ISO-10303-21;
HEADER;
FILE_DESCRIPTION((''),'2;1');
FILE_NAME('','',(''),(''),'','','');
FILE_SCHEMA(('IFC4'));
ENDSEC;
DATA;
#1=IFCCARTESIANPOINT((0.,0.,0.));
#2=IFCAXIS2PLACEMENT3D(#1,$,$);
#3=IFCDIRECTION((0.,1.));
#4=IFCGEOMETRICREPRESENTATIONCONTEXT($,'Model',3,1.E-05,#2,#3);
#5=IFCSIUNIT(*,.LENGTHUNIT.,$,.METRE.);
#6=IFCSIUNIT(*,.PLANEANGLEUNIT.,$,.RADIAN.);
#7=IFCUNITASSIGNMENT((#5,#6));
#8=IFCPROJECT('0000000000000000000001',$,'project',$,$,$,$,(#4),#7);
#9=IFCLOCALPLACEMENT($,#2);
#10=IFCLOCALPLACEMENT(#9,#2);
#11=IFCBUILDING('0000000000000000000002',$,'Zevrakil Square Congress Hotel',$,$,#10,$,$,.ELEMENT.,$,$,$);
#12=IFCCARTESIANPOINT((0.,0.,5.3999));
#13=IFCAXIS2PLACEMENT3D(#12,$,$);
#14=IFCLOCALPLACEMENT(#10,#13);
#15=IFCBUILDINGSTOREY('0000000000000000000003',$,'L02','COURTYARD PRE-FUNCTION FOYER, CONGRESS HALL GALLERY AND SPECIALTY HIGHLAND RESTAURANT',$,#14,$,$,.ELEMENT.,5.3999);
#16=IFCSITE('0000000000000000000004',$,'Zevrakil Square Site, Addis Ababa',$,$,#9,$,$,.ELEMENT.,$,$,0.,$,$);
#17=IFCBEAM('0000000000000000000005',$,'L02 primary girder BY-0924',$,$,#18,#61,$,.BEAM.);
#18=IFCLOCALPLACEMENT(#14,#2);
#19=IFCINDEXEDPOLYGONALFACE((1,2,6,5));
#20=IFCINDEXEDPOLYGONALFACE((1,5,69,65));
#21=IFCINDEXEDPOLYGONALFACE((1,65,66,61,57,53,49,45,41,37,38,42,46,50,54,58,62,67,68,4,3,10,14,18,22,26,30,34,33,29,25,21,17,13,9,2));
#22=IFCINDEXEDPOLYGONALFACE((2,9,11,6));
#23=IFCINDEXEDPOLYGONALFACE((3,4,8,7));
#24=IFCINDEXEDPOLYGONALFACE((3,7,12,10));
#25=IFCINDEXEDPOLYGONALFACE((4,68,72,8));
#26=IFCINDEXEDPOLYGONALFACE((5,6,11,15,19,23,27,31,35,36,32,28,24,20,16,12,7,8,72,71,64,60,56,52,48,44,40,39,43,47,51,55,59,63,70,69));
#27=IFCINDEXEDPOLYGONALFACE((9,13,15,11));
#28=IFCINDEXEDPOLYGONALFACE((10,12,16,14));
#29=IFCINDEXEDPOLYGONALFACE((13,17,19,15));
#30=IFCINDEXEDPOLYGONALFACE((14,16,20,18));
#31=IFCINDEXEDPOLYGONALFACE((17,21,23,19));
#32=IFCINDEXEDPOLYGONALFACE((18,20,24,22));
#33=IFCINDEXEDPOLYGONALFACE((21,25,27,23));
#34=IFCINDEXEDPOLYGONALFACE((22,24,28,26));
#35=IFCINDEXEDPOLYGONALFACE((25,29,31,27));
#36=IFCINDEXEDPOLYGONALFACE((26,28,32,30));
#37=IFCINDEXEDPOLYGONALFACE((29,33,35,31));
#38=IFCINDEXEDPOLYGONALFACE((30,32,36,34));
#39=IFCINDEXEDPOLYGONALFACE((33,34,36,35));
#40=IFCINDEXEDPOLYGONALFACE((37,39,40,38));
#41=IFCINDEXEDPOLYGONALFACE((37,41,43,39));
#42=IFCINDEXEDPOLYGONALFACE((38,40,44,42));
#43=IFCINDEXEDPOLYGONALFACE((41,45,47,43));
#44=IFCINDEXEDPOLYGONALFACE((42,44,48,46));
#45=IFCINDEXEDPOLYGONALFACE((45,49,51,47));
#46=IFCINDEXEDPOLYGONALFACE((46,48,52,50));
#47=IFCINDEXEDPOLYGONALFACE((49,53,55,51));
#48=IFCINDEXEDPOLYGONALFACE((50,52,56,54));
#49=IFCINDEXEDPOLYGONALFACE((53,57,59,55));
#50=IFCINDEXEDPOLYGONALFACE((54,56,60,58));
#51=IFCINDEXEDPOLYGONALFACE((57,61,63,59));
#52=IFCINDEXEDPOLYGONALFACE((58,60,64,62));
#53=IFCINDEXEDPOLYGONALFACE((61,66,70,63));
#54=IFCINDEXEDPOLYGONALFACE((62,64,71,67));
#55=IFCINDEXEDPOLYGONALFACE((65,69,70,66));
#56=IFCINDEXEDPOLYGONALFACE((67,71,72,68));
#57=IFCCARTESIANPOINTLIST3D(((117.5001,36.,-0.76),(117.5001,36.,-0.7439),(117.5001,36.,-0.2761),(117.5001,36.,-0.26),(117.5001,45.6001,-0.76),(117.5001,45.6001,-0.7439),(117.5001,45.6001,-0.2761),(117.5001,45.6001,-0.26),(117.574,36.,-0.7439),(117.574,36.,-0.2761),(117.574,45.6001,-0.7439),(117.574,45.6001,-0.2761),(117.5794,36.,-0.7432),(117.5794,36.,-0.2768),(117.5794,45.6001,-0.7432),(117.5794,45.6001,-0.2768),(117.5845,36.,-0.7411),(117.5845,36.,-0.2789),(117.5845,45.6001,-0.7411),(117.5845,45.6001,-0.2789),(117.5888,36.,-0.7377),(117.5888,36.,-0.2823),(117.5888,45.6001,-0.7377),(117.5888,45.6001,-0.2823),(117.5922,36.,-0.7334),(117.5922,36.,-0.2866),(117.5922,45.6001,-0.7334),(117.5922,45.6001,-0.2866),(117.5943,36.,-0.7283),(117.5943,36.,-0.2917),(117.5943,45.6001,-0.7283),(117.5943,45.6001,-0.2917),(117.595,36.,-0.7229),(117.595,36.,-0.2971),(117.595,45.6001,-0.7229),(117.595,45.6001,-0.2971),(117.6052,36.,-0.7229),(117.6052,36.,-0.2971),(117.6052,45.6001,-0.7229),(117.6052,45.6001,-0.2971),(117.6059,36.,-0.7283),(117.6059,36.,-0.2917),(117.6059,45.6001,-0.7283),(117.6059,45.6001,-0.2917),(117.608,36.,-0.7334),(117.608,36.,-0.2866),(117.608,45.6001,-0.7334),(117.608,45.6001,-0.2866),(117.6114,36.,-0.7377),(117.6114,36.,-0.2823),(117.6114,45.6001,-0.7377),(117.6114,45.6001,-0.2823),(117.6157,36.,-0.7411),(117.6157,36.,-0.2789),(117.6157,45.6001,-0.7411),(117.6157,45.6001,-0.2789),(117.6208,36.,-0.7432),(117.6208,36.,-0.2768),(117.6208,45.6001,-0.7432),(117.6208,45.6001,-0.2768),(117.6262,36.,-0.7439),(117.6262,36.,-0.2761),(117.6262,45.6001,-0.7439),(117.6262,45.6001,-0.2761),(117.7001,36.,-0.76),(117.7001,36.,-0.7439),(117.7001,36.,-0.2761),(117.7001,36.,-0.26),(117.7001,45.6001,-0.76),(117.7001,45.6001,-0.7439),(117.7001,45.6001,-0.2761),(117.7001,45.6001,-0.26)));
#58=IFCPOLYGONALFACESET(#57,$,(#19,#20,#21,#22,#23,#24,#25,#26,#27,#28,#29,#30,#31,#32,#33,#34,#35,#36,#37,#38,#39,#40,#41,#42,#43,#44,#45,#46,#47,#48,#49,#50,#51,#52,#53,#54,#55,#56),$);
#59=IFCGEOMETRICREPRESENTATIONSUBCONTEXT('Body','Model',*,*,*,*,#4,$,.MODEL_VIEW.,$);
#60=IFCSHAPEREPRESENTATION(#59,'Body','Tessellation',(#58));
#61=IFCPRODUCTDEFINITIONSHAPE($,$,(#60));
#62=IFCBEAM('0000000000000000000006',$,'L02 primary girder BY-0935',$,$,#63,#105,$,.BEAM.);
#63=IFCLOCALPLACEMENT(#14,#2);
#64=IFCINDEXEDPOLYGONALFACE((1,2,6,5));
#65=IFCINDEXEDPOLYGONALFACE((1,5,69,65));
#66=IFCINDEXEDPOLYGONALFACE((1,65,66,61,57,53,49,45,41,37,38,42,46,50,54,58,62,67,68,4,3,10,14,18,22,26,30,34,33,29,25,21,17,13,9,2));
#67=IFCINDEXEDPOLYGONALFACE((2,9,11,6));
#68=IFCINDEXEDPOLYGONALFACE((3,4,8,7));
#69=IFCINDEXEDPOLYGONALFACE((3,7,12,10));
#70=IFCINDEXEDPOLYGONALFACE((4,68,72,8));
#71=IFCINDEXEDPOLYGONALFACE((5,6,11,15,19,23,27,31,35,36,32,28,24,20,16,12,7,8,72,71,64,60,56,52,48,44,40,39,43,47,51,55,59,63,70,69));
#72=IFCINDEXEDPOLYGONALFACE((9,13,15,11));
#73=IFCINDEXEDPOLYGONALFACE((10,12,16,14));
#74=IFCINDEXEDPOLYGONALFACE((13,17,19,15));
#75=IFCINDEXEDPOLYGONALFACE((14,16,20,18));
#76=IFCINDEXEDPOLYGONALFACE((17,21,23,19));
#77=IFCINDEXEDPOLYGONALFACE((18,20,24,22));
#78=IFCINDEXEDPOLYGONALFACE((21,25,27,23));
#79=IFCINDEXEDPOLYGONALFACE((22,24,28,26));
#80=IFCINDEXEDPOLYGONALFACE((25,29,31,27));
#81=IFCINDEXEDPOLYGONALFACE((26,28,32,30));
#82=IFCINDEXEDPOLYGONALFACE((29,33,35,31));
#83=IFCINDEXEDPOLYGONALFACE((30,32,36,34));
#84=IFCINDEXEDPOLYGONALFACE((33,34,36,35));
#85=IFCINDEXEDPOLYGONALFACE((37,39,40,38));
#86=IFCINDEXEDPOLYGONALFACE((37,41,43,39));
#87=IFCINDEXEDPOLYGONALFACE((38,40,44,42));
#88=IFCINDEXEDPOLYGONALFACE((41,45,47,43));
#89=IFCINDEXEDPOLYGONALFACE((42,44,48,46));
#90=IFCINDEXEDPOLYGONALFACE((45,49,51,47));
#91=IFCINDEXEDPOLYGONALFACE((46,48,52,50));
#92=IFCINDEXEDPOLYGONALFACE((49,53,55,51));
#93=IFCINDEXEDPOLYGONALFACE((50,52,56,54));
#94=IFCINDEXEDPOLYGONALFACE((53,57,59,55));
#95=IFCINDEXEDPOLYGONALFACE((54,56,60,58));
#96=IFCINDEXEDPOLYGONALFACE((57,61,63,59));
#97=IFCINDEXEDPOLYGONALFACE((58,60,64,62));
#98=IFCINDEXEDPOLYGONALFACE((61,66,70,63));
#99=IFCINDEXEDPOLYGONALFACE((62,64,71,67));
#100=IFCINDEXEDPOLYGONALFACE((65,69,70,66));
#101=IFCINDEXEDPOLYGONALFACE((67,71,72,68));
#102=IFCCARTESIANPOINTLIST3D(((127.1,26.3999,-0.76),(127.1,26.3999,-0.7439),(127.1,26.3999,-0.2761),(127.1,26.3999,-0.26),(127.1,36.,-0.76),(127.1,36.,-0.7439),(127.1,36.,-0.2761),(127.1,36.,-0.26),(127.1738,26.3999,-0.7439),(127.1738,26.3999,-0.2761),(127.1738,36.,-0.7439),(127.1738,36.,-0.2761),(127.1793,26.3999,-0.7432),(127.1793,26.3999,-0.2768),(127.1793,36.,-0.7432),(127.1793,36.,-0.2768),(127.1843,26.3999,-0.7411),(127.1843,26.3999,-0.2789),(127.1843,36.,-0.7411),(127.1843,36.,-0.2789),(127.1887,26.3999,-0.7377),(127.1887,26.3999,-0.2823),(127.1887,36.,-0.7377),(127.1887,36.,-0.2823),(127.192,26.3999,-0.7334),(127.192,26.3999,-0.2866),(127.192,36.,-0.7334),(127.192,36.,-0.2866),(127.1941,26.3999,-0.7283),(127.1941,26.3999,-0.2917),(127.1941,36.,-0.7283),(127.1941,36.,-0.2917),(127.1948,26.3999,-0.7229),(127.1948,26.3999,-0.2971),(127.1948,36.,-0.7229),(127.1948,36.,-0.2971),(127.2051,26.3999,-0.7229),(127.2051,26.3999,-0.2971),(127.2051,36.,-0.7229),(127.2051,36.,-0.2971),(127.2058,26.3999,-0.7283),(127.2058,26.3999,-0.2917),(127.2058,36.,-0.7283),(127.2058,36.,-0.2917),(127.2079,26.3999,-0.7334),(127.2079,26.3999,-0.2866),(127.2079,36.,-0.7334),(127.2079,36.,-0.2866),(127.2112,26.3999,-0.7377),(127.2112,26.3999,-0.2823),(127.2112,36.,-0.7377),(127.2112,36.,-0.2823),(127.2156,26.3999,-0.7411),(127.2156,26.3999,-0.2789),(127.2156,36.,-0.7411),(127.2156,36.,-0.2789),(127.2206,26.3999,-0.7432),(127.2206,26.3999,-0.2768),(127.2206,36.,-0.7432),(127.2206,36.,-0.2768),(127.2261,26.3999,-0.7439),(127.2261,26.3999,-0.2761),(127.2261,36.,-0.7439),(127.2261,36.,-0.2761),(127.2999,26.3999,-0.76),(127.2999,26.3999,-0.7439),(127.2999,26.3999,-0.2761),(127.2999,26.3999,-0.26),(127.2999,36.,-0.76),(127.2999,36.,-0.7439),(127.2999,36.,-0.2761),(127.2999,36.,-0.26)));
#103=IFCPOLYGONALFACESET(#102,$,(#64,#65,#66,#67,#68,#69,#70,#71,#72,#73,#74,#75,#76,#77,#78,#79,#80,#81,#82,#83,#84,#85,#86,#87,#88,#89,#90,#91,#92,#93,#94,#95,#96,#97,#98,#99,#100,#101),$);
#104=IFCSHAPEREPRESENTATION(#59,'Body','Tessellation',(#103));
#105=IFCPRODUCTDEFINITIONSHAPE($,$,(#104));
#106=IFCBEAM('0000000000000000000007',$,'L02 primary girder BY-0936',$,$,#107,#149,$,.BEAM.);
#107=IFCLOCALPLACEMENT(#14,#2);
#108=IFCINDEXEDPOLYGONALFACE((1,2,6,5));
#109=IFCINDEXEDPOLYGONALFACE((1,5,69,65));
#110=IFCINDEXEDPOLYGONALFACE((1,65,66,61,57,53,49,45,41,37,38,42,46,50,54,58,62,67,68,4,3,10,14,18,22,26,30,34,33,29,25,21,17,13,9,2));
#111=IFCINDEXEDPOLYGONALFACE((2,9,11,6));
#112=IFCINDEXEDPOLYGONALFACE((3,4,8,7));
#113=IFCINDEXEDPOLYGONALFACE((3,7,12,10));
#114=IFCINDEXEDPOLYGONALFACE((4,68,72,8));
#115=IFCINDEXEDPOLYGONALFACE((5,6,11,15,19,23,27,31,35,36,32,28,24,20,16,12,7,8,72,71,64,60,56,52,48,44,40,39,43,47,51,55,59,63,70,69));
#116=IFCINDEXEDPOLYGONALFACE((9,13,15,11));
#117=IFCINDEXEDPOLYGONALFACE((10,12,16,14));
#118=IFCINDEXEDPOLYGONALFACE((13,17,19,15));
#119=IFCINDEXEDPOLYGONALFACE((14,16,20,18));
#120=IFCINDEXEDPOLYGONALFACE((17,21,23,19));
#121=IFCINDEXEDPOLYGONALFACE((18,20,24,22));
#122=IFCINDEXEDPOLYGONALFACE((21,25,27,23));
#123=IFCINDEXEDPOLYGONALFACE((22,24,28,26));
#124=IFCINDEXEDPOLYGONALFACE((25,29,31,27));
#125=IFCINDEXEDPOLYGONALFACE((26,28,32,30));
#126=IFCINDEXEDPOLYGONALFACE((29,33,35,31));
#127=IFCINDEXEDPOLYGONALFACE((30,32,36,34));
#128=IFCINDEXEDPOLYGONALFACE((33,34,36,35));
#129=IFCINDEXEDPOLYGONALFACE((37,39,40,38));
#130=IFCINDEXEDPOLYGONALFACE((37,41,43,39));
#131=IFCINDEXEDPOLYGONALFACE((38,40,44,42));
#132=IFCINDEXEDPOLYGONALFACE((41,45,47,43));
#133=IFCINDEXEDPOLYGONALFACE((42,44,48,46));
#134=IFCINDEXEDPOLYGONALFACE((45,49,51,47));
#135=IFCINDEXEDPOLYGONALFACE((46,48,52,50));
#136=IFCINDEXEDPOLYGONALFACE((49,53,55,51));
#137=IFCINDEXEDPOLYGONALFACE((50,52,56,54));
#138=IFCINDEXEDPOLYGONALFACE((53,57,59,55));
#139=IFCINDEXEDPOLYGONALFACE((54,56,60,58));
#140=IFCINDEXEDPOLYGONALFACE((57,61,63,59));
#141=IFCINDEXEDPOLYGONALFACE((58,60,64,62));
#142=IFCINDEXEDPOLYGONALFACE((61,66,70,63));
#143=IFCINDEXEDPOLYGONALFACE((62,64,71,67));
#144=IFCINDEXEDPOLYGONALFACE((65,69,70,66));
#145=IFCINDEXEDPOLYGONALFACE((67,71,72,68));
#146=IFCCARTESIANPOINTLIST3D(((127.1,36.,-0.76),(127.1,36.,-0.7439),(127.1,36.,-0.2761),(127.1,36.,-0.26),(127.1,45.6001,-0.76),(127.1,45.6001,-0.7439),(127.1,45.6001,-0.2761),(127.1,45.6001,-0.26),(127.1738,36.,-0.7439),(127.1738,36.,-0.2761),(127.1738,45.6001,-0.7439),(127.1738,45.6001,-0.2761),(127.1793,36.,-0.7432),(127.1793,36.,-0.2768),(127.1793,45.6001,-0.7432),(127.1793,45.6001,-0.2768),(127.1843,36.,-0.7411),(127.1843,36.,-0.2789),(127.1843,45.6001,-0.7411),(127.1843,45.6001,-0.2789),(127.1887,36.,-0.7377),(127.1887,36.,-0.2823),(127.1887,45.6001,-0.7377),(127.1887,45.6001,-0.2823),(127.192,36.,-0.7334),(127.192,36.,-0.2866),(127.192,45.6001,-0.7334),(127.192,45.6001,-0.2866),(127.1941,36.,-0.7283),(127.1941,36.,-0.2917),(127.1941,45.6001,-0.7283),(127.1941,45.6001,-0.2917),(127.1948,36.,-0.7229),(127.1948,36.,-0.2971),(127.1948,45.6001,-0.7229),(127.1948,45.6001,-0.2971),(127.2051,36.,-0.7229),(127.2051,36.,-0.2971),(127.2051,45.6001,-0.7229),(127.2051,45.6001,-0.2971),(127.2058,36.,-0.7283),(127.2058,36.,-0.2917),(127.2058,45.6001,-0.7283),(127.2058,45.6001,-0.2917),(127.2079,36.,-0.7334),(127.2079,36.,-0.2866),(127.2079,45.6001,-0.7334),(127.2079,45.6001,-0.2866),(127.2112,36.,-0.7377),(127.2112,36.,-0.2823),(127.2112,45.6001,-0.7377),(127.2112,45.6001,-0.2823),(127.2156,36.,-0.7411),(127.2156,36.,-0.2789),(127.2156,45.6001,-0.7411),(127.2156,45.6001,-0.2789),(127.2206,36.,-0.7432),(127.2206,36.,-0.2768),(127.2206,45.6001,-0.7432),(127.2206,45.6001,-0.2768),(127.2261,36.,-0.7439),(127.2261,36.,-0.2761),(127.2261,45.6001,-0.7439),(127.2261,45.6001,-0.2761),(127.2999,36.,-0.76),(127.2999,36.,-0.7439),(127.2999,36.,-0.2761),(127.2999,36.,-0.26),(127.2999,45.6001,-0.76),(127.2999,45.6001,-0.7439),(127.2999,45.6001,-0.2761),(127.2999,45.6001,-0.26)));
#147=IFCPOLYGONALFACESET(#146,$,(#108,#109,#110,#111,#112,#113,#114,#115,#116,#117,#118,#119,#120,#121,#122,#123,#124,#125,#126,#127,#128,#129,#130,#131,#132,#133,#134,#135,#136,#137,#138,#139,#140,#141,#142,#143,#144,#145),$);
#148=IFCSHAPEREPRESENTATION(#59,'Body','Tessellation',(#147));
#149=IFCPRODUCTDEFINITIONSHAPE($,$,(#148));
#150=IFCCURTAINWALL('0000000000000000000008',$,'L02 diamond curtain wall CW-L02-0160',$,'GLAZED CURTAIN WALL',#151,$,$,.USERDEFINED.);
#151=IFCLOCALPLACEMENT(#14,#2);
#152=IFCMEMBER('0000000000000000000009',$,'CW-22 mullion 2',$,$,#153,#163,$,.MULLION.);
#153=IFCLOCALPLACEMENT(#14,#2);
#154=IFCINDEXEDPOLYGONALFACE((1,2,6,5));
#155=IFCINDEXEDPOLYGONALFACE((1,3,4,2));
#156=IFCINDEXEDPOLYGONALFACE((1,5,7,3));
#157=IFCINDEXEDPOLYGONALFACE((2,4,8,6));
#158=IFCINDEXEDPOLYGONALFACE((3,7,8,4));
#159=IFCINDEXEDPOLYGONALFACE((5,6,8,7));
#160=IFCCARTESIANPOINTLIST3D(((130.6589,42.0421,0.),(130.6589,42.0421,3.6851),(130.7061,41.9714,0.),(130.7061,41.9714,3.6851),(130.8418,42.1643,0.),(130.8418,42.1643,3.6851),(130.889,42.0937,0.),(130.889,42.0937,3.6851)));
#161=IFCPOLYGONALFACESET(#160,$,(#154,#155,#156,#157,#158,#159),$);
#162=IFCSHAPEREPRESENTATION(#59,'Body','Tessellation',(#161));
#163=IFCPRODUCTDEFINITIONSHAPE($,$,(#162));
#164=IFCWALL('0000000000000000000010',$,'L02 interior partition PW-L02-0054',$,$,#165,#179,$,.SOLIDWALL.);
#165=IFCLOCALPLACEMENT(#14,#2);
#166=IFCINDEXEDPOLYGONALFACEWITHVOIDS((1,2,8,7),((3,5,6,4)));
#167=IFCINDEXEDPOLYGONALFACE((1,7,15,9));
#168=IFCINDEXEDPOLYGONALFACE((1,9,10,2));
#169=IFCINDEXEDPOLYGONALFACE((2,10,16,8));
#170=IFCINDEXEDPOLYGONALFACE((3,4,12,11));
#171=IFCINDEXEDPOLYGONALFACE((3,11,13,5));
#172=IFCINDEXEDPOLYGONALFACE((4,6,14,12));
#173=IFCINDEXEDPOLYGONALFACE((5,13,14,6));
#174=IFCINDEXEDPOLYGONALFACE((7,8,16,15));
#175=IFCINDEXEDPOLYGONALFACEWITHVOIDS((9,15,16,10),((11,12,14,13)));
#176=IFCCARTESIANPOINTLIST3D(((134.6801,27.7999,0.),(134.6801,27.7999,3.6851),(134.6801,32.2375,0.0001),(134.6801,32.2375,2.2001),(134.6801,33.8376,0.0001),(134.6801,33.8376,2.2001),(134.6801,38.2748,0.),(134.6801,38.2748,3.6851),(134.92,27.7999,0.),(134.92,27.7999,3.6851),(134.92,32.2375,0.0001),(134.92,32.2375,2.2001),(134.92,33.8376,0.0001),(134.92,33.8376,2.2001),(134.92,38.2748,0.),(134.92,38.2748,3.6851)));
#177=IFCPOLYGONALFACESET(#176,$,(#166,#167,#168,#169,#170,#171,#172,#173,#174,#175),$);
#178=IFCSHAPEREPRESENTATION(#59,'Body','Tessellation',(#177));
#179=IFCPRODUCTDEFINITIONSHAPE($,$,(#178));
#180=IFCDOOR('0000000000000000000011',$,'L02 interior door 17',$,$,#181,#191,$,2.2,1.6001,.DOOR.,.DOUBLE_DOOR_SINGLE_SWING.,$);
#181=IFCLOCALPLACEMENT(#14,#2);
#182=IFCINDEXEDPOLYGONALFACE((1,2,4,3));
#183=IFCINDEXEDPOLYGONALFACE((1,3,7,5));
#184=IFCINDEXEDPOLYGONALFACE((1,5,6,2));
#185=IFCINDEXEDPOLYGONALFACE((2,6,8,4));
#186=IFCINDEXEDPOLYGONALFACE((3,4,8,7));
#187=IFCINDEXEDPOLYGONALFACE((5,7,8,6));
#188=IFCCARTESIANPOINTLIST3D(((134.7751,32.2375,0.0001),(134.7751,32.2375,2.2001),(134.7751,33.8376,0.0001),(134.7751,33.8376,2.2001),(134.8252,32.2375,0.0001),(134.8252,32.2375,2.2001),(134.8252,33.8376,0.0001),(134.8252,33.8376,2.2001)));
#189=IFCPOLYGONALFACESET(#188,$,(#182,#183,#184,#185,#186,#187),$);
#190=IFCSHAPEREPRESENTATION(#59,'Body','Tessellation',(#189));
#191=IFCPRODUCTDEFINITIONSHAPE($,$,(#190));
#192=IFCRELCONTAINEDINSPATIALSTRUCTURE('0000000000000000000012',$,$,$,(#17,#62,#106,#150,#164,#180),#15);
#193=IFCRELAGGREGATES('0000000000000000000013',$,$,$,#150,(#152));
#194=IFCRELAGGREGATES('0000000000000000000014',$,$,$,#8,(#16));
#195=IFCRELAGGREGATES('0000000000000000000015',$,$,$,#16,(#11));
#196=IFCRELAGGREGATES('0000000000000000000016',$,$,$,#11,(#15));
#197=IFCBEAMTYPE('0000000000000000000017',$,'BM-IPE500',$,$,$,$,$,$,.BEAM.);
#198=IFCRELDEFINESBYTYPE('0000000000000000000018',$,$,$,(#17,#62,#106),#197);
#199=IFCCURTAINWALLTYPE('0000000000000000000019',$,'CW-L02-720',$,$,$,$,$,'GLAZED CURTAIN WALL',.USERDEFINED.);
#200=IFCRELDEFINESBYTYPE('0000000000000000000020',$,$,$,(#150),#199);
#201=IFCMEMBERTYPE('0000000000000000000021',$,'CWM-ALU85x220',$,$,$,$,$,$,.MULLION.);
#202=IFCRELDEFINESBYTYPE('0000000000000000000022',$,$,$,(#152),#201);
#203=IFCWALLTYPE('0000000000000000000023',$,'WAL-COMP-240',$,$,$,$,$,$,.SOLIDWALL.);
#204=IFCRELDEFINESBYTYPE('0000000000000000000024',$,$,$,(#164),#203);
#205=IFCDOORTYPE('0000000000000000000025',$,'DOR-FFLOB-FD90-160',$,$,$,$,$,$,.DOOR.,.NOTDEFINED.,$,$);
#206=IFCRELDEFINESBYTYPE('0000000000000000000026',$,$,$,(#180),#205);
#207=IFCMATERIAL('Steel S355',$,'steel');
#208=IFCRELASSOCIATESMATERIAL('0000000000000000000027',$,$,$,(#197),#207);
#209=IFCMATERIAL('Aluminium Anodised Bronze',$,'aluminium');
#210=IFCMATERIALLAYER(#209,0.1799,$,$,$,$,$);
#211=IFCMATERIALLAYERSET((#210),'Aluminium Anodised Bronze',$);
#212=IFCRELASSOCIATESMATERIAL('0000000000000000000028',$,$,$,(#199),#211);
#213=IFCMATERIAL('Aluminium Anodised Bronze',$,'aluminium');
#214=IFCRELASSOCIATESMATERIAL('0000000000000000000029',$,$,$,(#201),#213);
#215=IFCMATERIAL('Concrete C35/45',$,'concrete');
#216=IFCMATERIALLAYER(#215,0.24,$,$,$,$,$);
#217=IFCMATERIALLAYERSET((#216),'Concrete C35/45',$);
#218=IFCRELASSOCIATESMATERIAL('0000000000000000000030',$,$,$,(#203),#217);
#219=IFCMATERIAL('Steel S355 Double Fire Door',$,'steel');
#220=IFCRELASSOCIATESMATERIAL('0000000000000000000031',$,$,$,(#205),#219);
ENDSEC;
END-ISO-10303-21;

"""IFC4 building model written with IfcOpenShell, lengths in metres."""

from ifc_helpers import new_model, si_unit, direction, frame, frame_2d, origin, origin_2d, place, context, subcontext, project, spatial, rectangle, i_section, extrude, material, layer, layer_set, material_profile, profile_set, type_object, element, fill, aggregate, save


model = new_model("IFC4")

# Units and contexts
model_context = context("Model", 3, precision=1e-05, world=origin(), true_north=direction((0.0, 1.0)))
body_context = subcontext(model_context, "Body", "Model", "MODEL_VIEW")
ifc_project = project(units=[si_unit("LENGTHUNIT", "METRE"), si_unit("PLANEANGLEUNIT", "RADIAN")], contexts=[model_context])

# Site, building, storey
site_placement = place(None, origin())
site = spatial("IfcSite", under=ifc_project, at=site_placement, Name="Zevrakil Square Site, Addis Ababa", CompositionType="ELEMENT", RefElevation=0.0)
building_placement = place(site_placement, origin())
building = spatial("IfcBuilding", under=site, at=building_placement, Name="Zevrakil Square Congress Hotel", CompositionType="ELEMENT")
storey_placement = place(building_placement, frame((0.0, 0.0, 5.3999)))
storey = spatial("IfcBuildingStorey", under=building, at=storey_placement, Name="L02", Description="COURTYARD PRE-FUNCTION FOYER, CONGRESS HALL GALLERY AND SPECIALTY HIGHLAND RESTAURANT", CompositionType="ELEMENT", Elevation=5.3999)

# Beams
ifc_material_1 = material(Name="Steel S355", Category="steel")
ifc_material_profile_1 = material_profile(ifc_material_1, i_section(OverallWidth=0.2, OverallDepth=0.5, WebThickness=0.0103, FlangeThickness=0.0161, FilletRadius=0.021, at=origin_2d()), Name="IPE 500")
ifc_profile_set_1 = profile_set([ifc_material_profile_1], Name="Steel S355")
beam_type_1 = type_object("IfcBeamType", Name="BM-IPE500", PredefinedType="BEAM", material=ifc_profile_set_1)
for number, where, z_axis, x_axis, name in (
    (1, (117.6001, 36.0, -0.51), (0.0, 1.0, 0.0), (-1.0, 0.0, 0.0), "L02 primary girder BY-0924"),
    (2, (127.2, 26.3999, -0.51), (0.0, 1.0, 0.0), (-1.0, 0.0, 0.0), "L02 primary girder BY-0935"),
    (3, (127.2, 36.0, -0.51), (0.0, 1.0, 0.0), (-1.0, 0.0, 0.0), "L02 primary girder BY-0936"),
):
    element("IfcBeam", number, at=place(storey_placement, frame(where, z_axis=z_axis, x_axis=x_axis)), inside=storey, type_object=beam_type_1, Name=name, PredefinedType="BEAM", context=body_context, shape_type="SweptSolid", body=[
        extrude(i_section(OverallWidth=0.2, OverallDepth=0.5, WebThickness=0.0103, FlangeThickness=0.0161, FilletRadius=0.021, at=origin_2d()), origin(), (0.0, 0.0, 1.0), 9.6001),
    ])

# Curtain wall, member
ifc_material_2 = material(Name="Aluminium Anodised Bronze", Category="aluminium")
ifc_layer_1 = layer(ifc_material_2, 0.1799)
ifc_layer_set_1 = layer_set([ifc_layer_1], Name="Aluminium Anodised Bronze")
curtain_wall_type = type_object("IfcCurtainWallType", Name="CW-L02-720", ElementType="GLAZED CURTAIN WALL", PredefinedType="USERDEFINED", material=ifc_layer_set_1)
curtain_wall_placement = place(storey_placement, origin())
curtain_wall = element("IfcCurtainWall", 4, at=curtain_wall_placement, inside=storey, type_object=curtain_wall_type, Name="L02 diamond curtain wall CW-L02-0160", ObjectType="GLAZED CURTAIN WALL", PredefinedType="USERDEFINED")
ifc_material_3 = material(Name="Aluminium Anodised Bronze", Category="aluminium")
ifc_material_profile_2 = material_profile(ifc_material_3, rectangle(XDim=0.085, YDim=0.22, at=origin_2d()), Name="ALU 85x220")
ifc_profile_set_2 = profile_set([ifc_material_profile_2], Name="Aluminium Anodised Bronze")
member_type = type_object("IfcMemberType", Name="CWM-ALU85x220", PredefinedType="MULLION", material=ifc_profile_set_2)
member_placement = place(storey_placement, frame((130.7739, 42.0679, 0.0), z_axis=(0.0, 0.0, 1.0), x_axis=(0.55558, -0.831463, 0.0)))
member = element("IfcMember", 5, at=member_placement, type_object=member_type, Name="CW-22 mullion 2", PredefinedType="MULLION", context=body_context, shape_type="SweptSolid", body=[
    extrude(rectangle(XDim=0.085, YDim=0.22, at=origin_2d()), origin(), (0.0, 0.0, 1.0), 3.6851),
])
aggregate(curtain_wall, [member])

# Wall, opening, door
ifc_material_4 = material(Name="Concrete C35/45", Category="concrete")
ifc_layer_2 = layer(ifc_material_4, 0.24)
ifc_layer_set_2 = layer_set([ifc_layer_2], Name="Concrete C35/45")
wall_type = type_object("IfcWallType", Name="WAL-COMP-240", PredefinedType="SOLIDWALL", material=ifc_layer_set_2)
wall_1_placement = place(storey_placement, frame((134.8, 27.8, 0.0), z_axis=(0.0, 0.0, 1.0), x_axis=(0.0, 1.0, 0.0)))
wall_1 = element("IfcWall", 6, at=wall_1_placement, inside=storey, type_object=wall_type, Name="L02 interior partition PW-L02-0054", PredefinedType="SOLIDWALL", context=body_context, shape_type="SweptSolid", body=[
    extrude(rectangle(XDim=10.4749, YDim=0.24, at=frame_2d((5.2373, 0.0))), origin(), (0.0, 0.0, 1.0), 3.6851),
])
opening_1_placement = place(wall_1_placement, frame((4.4375, 0.0, 0.0)))
opening_1 = element("IfcOpeningElement", 7, at=opening_1_placement, cuts=wall_1, PredefinedType="OPENING", context=body_context, shape_type="SweptSolid", body=[
    extrude(rectangle(XDim=1.6001, YDim=2.2, at=frame_2d((0.8, 1.1001))), frame((0.0, 0.1299, 0.0), z_axis=(0.0, -1.0, 0.0), x_axis=(1.0, 0.0, 0.0)), (0.0, 0.0, 1.0), 0.26),
])
ifc_material_5 = material(Name="Steel S355 Double Fire Door", Category="steel")
door_type_1 = type_object("IfcDoorType", Name="DOR-FFLOB-FD90-160", OperationType="NOTDEFINED", PredefinedType="DOOR", material=ifc_material_5)
door_1_placement = place(opening_1_placement, origin())
door_1 = element("IfcDoor", 8, at=door_1_placement, inside=storey, type_object=door_type_1, Name="L02 interior door 17", OperationType="DOUBLE_DOOR_SINGLE_SWING", OverallHeight=2.2, OverallWidth=1.6001, PredefinedType="DOOR", context=body_context, shape_type="SweptSolid", body=[
    extrude(rectangle(XDim=1.6001, YDim=2.2, at=frame_2d((0.8, 1.1001))), frame((0.0, 0.0249, 0.0), z_axis=(0.0, -1.0, 0.0), x_axis=(1.0, 0.0, 0.0)), (0.0, 0.0, 1.0), 0.05),
])
fill(opening_1, door_1)

save(model, "model.ifc")
